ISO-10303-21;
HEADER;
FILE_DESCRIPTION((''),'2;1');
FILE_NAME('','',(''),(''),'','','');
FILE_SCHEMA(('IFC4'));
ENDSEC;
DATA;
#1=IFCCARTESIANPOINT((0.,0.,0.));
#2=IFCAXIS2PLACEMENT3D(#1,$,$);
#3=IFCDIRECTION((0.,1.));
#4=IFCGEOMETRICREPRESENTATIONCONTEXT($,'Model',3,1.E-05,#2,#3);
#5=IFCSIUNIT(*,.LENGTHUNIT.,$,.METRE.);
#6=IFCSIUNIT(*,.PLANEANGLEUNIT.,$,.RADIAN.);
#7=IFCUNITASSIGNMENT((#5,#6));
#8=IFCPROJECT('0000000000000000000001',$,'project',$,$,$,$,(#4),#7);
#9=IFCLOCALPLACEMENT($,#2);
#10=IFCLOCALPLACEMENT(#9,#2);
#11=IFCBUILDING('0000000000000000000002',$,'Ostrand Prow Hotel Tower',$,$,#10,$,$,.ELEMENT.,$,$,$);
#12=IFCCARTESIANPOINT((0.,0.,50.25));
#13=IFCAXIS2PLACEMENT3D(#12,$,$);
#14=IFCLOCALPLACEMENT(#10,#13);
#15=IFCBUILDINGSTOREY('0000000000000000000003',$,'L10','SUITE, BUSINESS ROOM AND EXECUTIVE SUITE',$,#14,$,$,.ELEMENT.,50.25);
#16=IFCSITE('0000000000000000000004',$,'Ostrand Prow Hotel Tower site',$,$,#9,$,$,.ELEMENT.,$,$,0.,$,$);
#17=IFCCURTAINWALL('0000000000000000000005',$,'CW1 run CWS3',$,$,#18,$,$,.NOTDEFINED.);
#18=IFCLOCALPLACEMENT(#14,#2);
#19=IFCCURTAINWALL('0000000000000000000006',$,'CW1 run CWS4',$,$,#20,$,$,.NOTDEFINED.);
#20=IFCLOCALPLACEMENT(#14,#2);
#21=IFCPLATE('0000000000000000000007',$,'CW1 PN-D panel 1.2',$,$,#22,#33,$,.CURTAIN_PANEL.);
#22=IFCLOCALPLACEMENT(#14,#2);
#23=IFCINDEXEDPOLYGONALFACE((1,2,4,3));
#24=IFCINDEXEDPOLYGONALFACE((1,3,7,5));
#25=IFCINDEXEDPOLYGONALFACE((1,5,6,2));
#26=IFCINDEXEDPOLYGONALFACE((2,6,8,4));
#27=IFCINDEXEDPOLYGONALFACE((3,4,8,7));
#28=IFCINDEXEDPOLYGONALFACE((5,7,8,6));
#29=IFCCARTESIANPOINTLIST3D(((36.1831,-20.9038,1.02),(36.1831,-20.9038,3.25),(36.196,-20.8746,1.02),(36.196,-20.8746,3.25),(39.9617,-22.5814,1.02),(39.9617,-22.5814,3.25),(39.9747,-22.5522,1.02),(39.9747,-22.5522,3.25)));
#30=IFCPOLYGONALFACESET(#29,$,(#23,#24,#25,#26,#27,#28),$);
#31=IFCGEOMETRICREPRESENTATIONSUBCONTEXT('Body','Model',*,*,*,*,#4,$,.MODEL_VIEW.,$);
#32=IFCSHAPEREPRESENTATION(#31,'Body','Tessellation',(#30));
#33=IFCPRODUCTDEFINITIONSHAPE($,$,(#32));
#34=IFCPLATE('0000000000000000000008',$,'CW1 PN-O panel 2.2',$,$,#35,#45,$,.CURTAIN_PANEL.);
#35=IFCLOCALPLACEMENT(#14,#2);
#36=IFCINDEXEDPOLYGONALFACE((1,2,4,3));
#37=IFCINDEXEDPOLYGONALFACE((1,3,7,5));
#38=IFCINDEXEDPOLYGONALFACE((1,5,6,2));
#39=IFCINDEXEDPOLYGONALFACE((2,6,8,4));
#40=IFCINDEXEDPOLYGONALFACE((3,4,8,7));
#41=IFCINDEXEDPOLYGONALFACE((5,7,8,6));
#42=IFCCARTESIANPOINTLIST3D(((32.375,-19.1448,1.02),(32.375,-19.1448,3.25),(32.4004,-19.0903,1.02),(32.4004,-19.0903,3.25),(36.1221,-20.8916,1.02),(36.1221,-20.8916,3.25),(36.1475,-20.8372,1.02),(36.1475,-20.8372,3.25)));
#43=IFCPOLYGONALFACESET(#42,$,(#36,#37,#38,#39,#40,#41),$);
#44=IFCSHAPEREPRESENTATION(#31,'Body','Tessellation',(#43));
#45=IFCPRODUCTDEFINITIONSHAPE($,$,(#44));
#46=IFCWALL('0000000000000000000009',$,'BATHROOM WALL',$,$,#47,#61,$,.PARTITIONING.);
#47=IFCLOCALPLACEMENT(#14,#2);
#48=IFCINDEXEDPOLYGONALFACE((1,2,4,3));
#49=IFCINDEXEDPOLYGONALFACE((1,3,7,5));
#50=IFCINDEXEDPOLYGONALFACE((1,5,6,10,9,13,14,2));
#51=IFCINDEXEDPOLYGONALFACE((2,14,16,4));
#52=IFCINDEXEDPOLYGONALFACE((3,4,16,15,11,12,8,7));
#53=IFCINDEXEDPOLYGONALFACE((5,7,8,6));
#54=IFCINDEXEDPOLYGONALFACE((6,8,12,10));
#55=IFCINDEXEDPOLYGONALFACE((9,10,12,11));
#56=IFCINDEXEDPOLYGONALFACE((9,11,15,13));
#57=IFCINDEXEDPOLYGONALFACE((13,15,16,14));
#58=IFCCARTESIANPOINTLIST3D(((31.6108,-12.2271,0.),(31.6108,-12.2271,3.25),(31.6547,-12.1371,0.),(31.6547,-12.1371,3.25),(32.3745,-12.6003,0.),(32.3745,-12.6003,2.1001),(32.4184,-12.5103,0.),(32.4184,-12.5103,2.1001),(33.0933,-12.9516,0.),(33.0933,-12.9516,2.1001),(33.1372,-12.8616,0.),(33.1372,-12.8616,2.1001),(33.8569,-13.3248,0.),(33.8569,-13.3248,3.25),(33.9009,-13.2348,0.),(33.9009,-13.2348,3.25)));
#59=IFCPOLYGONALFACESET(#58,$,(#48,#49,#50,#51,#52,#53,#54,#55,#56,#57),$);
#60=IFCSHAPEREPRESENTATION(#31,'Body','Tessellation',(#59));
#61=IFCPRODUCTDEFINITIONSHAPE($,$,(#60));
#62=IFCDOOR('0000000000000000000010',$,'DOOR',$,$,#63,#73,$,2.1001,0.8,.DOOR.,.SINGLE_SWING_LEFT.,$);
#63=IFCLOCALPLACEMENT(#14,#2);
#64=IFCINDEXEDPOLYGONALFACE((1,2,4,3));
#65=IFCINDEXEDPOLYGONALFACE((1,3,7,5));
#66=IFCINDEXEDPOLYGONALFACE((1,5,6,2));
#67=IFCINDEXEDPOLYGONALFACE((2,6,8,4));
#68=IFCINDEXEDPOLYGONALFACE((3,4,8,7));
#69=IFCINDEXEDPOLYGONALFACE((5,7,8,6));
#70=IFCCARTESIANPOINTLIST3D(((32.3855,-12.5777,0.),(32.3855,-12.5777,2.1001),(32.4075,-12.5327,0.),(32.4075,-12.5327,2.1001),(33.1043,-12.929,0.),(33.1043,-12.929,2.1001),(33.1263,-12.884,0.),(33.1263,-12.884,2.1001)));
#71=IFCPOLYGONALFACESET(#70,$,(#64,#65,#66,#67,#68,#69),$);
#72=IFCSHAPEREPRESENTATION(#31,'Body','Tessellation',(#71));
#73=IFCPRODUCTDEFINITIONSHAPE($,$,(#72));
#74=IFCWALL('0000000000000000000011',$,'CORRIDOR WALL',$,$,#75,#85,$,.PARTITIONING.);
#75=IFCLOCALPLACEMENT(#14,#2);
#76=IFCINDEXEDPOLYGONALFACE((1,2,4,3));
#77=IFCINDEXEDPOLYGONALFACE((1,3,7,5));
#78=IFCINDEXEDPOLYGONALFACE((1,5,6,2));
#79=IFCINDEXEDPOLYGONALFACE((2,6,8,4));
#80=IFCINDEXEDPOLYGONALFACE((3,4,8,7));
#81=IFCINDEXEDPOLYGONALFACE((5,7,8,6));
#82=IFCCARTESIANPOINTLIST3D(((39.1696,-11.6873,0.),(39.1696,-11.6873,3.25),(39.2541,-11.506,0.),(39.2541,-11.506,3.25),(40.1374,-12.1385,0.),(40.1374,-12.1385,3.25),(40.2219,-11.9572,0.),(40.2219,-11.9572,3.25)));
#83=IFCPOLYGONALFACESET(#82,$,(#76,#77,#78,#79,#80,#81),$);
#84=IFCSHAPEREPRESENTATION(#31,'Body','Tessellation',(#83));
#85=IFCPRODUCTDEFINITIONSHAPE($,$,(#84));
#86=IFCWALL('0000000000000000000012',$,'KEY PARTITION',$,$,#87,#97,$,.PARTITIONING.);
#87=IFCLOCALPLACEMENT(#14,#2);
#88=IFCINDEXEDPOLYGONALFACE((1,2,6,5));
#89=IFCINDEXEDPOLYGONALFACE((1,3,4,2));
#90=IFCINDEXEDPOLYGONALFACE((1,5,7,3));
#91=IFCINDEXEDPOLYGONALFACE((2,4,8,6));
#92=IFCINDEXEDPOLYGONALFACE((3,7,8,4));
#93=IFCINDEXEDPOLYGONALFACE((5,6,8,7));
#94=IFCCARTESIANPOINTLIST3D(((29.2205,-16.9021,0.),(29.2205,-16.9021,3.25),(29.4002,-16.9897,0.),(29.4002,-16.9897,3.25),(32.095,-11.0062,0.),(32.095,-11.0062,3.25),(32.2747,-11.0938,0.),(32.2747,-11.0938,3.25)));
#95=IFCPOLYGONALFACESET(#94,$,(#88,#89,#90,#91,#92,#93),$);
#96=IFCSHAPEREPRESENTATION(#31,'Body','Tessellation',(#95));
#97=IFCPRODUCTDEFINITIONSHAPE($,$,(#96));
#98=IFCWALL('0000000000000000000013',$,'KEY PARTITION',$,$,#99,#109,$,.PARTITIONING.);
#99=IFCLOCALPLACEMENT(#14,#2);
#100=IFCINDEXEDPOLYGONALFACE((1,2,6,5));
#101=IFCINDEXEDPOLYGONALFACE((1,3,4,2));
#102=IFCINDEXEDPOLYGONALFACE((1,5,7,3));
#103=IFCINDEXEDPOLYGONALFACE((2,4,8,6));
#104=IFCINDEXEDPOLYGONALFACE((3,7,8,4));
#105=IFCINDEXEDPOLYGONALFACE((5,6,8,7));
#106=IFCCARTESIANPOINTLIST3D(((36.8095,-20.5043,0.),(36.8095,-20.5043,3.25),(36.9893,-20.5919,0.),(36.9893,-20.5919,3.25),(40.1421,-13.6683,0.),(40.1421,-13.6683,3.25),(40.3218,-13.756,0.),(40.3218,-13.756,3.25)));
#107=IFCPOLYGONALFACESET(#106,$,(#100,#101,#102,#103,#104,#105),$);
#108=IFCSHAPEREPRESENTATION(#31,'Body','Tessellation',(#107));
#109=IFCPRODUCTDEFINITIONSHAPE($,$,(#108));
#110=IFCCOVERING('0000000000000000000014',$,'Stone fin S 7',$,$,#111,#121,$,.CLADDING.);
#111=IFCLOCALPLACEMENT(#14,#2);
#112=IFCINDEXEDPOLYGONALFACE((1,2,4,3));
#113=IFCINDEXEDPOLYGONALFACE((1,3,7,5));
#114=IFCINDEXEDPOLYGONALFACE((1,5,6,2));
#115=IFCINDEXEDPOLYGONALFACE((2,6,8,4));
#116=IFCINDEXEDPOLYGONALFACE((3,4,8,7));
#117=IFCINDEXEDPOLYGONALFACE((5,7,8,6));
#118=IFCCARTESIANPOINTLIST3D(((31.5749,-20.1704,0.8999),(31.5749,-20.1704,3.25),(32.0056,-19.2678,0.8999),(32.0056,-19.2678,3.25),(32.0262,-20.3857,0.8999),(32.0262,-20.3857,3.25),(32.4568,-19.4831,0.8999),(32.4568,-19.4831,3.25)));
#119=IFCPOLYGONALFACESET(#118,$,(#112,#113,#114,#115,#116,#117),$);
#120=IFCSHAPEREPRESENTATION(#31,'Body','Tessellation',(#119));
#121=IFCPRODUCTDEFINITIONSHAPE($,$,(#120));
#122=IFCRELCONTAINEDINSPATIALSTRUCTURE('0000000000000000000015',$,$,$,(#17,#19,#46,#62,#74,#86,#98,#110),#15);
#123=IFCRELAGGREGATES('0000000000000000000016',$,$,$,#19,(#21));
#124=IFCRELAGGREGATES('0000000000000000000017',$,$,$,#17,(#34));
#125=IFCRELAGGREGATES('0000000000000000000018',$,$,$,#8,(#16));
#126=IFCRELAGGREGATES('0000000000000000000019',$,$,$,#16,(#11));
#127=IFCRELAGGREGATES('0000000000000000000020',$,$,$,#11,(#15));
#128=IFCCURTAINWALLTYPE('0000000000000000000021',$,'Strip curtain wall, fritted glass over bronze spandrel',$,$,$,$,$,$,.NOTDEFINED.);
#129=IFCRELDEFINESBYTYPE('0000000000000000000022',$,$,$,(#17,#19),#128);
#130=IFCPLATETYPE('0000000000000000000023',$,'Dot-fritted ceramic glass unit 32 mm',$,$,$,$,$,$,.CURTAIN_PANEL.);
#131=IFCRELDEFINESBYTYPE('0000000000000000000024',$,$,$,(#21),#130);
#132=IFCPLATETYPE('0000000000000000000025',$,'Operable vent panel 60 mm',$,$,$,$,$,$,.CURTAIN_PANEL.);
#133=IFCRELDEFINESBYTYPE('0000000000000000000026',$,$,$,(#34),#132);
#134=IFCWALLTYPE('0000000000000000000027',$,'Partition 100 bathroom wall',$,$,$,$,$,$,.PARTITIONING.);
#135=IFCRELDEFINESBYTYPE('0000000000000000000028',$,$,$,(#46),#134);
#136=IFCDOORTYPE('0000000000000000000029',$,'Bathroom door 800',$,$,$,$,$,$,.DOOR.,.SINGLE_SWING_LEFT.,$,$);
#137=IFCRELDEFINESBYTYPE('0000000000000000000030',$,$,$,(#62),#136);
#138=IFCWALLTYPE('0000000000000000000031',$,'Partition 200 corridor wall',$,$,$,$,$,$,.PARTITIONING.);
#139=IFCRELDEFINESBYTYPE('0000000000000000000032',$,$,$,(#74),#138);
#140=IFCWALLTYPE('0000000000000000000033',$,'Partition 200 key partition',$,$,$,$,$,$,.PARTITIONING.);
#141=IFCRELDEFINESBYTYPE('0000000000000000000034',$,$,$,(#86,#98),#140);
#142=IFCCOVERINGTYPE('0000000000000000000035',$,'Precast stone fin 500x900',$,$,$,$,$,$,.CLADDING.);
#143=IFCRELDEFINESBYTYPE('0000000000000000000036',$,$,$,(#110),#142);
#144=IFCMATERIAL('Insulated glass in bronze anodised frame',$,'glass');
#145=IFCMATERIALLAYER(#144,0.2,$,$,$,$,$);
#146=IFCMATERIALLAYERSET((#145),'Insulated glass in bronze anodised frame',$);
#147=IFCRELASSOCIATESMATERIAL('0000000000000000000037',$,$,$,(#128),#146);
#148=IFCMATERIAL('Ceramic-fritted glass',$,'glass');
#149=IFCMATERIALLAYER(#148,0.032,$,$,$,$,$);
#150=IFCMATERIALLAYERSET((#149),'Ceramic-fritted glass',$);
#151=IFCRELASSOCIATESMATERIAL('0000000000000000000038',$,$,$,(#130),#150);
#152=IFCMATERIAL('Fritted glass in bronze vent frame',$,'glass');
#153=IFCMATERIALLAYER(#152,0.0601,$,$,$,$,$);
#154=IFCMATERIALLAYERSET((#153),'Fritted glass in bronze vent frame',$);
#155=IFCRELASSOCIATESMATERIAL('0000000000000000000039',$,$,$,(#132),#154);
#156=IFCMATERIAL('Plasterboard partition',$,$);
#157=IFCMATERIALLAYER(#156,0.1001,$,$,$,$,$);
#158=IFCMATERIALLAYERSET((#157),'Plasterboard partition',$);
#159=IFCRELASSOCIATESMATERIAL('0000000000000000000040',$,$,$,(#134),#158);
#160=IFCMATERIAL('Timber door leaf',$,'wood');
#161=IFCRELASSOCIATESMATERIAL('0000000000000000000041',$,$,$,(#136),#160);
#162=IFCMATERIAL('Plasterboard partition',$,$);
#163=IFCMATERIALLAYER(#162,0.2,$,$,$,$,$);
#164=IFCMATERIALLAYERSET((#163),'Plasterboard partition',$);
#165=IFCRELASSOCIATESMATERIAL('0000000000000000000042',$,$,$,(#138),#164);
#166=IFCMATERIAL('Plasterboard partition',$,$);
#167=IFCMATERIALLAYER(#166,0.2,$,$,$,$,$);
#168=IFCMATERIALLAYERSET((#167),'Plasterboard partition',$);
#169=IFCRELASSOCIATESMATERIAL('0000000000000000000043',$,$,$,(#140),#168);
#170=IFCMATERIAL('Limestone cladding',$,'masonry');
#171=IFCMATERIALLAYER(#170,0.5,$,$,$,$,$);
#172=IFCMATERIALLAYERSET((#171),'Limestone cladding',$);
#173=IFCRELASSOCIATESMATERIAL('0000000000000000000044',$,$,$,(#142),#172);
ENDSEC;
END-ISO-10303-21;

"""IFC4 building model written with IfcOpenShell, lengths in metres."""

from ifc_helpers import new_model, si_unit, direction, frame, frame_2d, origin, origin_2d, place, context, subcontext, project, spatial, rectangle, extrude, material, layer, layer_set, type_object, element, fill, aggregate, save


model = new_model("IFC4")

# Units and contexts
model_context = context("Model", 3, precision=1e-05, world=origin(), true_north=direction((0.0, 1.0)))
body_context = subcontext(model_context, "Body", "Model", "MODEL_VIEW")
ifc_project = project(units=[si_unit("LENGTHUNIT", "METRE"), si_unit("PLANEANGLEUNIT", "RADIAN")], contexts=[model_context])

# Site, building, storey
site_placement = place(None, origin())
site = spatial("IfcSite", under=ifc_project, at=site_placement, Name="Ostrand Prow Hotel Tower site", CompositionType="ELEMENT", RefElevation=0.0)
building_placement = place(site_placement, origin())
building = spatial("IfcBuilding", under=site, at=building_placement, Name="Ostrand Prow Hotel Tower", CompositionType="ELEMENT")
storey_placement = place(building_placement, frame((0.0, 0.0, 50.25)))
storey = spatial("IfcBuildingStorey", under=building, at=storey_placement, Name="L10", Description="SUITE, BUSINESS ROOM AND EXECUTIVE SUITE", CompositionType="ELEMENT", Elevation=50.25)

# Shared definitions
ifc_material_1 = material(Name="Insulated glass in bronze anodised frame", Category="glass")
ifc_layer_1 = layer(ifc_material_1, 0.2)
ifc_layer_set_1 = layer_set([ifc_layer_1], Name="Insulated glass in bronze anodised frame")
curtain_wall_type = type_object("IfcCurtainWallType", Name="Strip curtain wall, fritted glass over bronze spandrel", PredefinedType="NOTDEFINED", material=ifc_layer_set_1)

# Curtain wall
curtain_wall_1_placement = place(storey_placement, origin())
curtain_wall_1 = element("IfcCurtainWall", 1, at=curtain_wall_1_placement, inside=storey, type_object=curtain_wall_type, Name="CW1 run CWS3", PredefinedType="NOTDEFINED")

# Curtain wall
curtain_wall_2_placement = place(storey_placement, origin())
curtain_wall_2 = element("IfcCurtainWall", 2, at=curtain_wall_2_placement, inside=storey, type_object=curtain_wall_type, Name="CW1 run CWS4", PredefinedType="NOTDEFINED")

# Plates
ifc_material_2 = material(Name="Ceramic-fritted glass", Category="glass")
ifc_layer_2 = layer(ifc_material_2, 0.032)
ifc_layer_set_2 = layer_set([ifc_layer_2], Name="Ceramic-fritted glass")
plate_type_1 = type_object("IfcPlateType", Name="Dot-fritted ceramic glass unit 32 mm", PredefinedType="CURTAIN_PANEL", material=ifc_layer_set_2)
plate_1_placement = place(storey_placement, frame((38.0789, -21.728, 1.02), z_axis=(0.0, 0.0, 1.0), x_axis=(0.913971, -0.40578, 0.0)))
plate_1 = element("IfcPlate", 3, at=plate_1_placement, type_object=plate_type_1, Name="CW1 PN-D panel 1.2", PredefinedType="CURTAIN_PANEL", context=body_context, shape_type="SweptSolid", body=[
    extrude(rectangle(XDim=4.1343, YDim=0.032, at=origin_2d()), origin(), (0.0, 0.0, 1.0), 2.23),
])
aggregate(curtain_wall_2, [plate_1])
ifc_material_3 = material(Name="Fritted glass in bronze vent frame", Category="glass")
ifc_layer_3 = layer(ifc_material_3, 0.0601)
ifc_layer_set_3 = layer_set([ifc_layer_3], Name="Fritted glass in bronze vent frame")
plate_type_2 = type_object("IfcPlateType", Name="Operable vent panel 60 mm", PredefinedType="CURTAIN_PANEL", material=ifc_layer_set_3)
plate_2_placement = place(storey_placement, frame((34.2612, -19.991, 1.02), z_axis=(0.0, 0.0, 1.0), x_axis=(0.906349, -0.42253, 0.0)))
plate_2 = element("IfcPlate", 4, at=plate_2_placement, type_object=plate_type_2, Name="CW1 PN-O panel 2.2", PredefinedType="CURTAIN_PANEL", context=body_context, shape_type="SweptSolid", body=[
    extrude(rectangle(XDim=4.1343, YDim=0.0601, at=origin_2d()), origin(), (0.0, 0.0, 1.0), 2.23),
])
aggregate(curtain_wall_1, [plate_2])

# Wall, opening, door
ifc_material_4 = material(Name="Plasterboard partition")
ifc_layer_4 = layer(ifc_material_4, 0.1001)
ifc_layer_set_4 = layer_set([ifc_layer_4], Name="Plasterboard partition")
wall_type_1 = type_object("IfcWallType", Name="Partition 100 bathroom wall", PredefinedType="PARTITIONING", material=ifc_layer_set_4)
wall_1_placement = place(storey_placement, frame((33.8789, -13.2798, 0.0), z_axis=(0.0, 0.0, 1.0), x_axis=(-0.898453, 0.43907, 0.0)))
wall_1 = element("IfcWall", 5, at=wall_1_placement, inside=storey, type_object=wall_type_1, Name="BATHROOM WALL", PredefinedType="PARTITIONING", context=body_context, shape_type="SweptSolid", body=[
    extrude(rectangle(XDim=2.5, YDim=0.1001, at=frame_2d((1.25, 0.0))), origin(), (0.0, 0.0, 1.0), 3.25),
])
opening_placement = place(wall_1_placement, frame((0.8501, 0.0, 0.0)))
opening = element("IfcOpeningElement", 6, at=opening_placement, cuts=wall_1, PredefinedType="OPENING", context=body_context, shape_type="SweptSolid", body=[
    extrude(rectangle(XDim=0.8, YDim=2.1001, at=frame_2d((0.3999, 1.05))), frame((0.0, 0.0601, 0.0), z_axis=(0.0, -1.0, 0.0), x_axis=(1.0, 0.0, 0.0)), (0.0, 0.0, 1.0), 0.1201),
])
ifc_material_5 = material(Name="Timber door leaf", Category="wood")
door_type = type_object("IfcDoorType", Name="Bathroom door 800", OperationType="SINGLE_SWING_LEFT", PredefinedType="DOOR", material=ifc_material_5)
door_placement = place(opening_placement, origin())
door = element("IfcDoor", 7, at=door_placement, inside=storey, type_object=door_type, Name="DOOR", OperationType="SINGLE_SWING_LEFT", OverallHeight=2.1001, OverallWidth=0.8, PredefinedType="DOOR", context=body_context, shape_type="SweptSolid", body=[
    extrude(rectangle(XDim=0.8, YDim=2.1001, at=frame_2d((0.3999, 1.05))), frame((0.0, 0.0249, 0.0), z_axis=(0.0, -1.0, 0.0), x_axis=(1.0, 0.0, 0.0)), (0.0, 0.0, 1.0), 0.05),
])
fill(opening, door)

# Walls
ifc_material_6 = material(Name="Plasterboard partition")
ifc_layer_5 = layer(ifc_material_6, 0.2)
ifc_layer_set_5 = layer_set([ifc_layer_5], Name="Plasterboard partition")
wall_type_2 = type_object("IfcWallType", Name="Partition 200 corridor wall", PredefinedType="PARTITIONING", material=ifc_layer_set_5)
wall_2_placement = place(storey_placement, frame((40.1797, -12.0479, 0.0), z_axis=(0.0, 0.0, 1.0), x_axis=(-0.906347, 0.422535, 0.0)))
element("IfcWall", 8, at=wall_2_placement, inside=storey, type_object=wall_type_2, Name="CORRIDOR WALL", PredefinedType="PARTITIONING", context=body_context, shape_type="SweptSolid", body=[
    extrude(rectangle(XDim=1.0679, YDim=0.2, at=frame_2d((0.5339, 0.0))), origin(), (0.0, 0.0, 1.0), 3.25),
])
ifc_material_7 = material(Name="Plasterboard partition")
ifc_layer_6 = layer(ifc_material_7, 0.2)
ifc_layer_set_6 = layer_set([ifc_layer_6], Name="Plasterboard partition")
wall_type_3 = type_object("IfcWallType", Name="Partition 200 key partition", PredefinedType="PARTITIONING", material=ifc_layer_set_6)
wall_3_placement = place(storey_placement, frame((29.3103, -16.946, 0.0), z_axis=(0.0, 0.0, 1.0), x_axis=(0.438229, 0.898864, 0.0)))
element("IfcWall", 9, at=wall_3_placement, inside=storey, type_object=wall_type_3, Name="KEY PARTITION", PredefinedType="PARTITIONING", context=body_context, shape_type="SweptSolid", body=[
    extrude(rectangle(XDim=6.5593, YDim=0.2, at=frame_2d((3.2798, 0.0))), origin(), (0.0, 0.0, 1.0), 3.25),
])
wall_4_placement = place(storey_placement, frame((36.8994, -20.5481, 0.0), z_axis=(0.0, 0.0, 1.0), x_axis=(0.438202, 0.898876, 0.0)))
element("IfcWall", 10, at=wall_4_placement, inside=storey, type_object=wall_type_3, Name="KEY PARTITION", PredefinedType="PARTITIONING", context=body_context, shape_type="SweptSolid", body=[
    extrude(rectangle(XDim=7.605, YDim=0.2, at=frame_2d((3.8025, 0.0))), origin(), (0.0, 0.0, 1.0), 3.25),
])

# Covering
ifc_material_8 = material(Name="Limestone cladding", Category="masonry")
ifc_layer_7 = layer(ifc_material_8, 0.5)
ifc_layer_set_7 = layer_set([ifc_layer_7], Name="Limestone cladding")
covering_type = type_object("IfcCoveringType", Name="Precast stone fin 500x900", PredefinedType="CLADDING", material=ifc_layer_set_7)
covering_placement = place(storey_placement, frame((32.2312, -19.3755, 0.8999), z_axis=(0.0, 0.0, 1.0), x_axis=(-0.430635, -0.902526, 0.0)))
element("IfcCovering", 11, at=covering_placement, inside=storey, type_object=covering_type, Name="Stone fin S 7", PredefinedType="CLADDING", context=body_context, shape_type="SweptSolid", body=[
    extrude(rectangle(XDim=1.0, YDim=0.5, at=frame_2d((0.5, 0.0))), origin(), (0.0, 0.0, 1.0), 2.3501),
])

save(model, "model.ifc")
